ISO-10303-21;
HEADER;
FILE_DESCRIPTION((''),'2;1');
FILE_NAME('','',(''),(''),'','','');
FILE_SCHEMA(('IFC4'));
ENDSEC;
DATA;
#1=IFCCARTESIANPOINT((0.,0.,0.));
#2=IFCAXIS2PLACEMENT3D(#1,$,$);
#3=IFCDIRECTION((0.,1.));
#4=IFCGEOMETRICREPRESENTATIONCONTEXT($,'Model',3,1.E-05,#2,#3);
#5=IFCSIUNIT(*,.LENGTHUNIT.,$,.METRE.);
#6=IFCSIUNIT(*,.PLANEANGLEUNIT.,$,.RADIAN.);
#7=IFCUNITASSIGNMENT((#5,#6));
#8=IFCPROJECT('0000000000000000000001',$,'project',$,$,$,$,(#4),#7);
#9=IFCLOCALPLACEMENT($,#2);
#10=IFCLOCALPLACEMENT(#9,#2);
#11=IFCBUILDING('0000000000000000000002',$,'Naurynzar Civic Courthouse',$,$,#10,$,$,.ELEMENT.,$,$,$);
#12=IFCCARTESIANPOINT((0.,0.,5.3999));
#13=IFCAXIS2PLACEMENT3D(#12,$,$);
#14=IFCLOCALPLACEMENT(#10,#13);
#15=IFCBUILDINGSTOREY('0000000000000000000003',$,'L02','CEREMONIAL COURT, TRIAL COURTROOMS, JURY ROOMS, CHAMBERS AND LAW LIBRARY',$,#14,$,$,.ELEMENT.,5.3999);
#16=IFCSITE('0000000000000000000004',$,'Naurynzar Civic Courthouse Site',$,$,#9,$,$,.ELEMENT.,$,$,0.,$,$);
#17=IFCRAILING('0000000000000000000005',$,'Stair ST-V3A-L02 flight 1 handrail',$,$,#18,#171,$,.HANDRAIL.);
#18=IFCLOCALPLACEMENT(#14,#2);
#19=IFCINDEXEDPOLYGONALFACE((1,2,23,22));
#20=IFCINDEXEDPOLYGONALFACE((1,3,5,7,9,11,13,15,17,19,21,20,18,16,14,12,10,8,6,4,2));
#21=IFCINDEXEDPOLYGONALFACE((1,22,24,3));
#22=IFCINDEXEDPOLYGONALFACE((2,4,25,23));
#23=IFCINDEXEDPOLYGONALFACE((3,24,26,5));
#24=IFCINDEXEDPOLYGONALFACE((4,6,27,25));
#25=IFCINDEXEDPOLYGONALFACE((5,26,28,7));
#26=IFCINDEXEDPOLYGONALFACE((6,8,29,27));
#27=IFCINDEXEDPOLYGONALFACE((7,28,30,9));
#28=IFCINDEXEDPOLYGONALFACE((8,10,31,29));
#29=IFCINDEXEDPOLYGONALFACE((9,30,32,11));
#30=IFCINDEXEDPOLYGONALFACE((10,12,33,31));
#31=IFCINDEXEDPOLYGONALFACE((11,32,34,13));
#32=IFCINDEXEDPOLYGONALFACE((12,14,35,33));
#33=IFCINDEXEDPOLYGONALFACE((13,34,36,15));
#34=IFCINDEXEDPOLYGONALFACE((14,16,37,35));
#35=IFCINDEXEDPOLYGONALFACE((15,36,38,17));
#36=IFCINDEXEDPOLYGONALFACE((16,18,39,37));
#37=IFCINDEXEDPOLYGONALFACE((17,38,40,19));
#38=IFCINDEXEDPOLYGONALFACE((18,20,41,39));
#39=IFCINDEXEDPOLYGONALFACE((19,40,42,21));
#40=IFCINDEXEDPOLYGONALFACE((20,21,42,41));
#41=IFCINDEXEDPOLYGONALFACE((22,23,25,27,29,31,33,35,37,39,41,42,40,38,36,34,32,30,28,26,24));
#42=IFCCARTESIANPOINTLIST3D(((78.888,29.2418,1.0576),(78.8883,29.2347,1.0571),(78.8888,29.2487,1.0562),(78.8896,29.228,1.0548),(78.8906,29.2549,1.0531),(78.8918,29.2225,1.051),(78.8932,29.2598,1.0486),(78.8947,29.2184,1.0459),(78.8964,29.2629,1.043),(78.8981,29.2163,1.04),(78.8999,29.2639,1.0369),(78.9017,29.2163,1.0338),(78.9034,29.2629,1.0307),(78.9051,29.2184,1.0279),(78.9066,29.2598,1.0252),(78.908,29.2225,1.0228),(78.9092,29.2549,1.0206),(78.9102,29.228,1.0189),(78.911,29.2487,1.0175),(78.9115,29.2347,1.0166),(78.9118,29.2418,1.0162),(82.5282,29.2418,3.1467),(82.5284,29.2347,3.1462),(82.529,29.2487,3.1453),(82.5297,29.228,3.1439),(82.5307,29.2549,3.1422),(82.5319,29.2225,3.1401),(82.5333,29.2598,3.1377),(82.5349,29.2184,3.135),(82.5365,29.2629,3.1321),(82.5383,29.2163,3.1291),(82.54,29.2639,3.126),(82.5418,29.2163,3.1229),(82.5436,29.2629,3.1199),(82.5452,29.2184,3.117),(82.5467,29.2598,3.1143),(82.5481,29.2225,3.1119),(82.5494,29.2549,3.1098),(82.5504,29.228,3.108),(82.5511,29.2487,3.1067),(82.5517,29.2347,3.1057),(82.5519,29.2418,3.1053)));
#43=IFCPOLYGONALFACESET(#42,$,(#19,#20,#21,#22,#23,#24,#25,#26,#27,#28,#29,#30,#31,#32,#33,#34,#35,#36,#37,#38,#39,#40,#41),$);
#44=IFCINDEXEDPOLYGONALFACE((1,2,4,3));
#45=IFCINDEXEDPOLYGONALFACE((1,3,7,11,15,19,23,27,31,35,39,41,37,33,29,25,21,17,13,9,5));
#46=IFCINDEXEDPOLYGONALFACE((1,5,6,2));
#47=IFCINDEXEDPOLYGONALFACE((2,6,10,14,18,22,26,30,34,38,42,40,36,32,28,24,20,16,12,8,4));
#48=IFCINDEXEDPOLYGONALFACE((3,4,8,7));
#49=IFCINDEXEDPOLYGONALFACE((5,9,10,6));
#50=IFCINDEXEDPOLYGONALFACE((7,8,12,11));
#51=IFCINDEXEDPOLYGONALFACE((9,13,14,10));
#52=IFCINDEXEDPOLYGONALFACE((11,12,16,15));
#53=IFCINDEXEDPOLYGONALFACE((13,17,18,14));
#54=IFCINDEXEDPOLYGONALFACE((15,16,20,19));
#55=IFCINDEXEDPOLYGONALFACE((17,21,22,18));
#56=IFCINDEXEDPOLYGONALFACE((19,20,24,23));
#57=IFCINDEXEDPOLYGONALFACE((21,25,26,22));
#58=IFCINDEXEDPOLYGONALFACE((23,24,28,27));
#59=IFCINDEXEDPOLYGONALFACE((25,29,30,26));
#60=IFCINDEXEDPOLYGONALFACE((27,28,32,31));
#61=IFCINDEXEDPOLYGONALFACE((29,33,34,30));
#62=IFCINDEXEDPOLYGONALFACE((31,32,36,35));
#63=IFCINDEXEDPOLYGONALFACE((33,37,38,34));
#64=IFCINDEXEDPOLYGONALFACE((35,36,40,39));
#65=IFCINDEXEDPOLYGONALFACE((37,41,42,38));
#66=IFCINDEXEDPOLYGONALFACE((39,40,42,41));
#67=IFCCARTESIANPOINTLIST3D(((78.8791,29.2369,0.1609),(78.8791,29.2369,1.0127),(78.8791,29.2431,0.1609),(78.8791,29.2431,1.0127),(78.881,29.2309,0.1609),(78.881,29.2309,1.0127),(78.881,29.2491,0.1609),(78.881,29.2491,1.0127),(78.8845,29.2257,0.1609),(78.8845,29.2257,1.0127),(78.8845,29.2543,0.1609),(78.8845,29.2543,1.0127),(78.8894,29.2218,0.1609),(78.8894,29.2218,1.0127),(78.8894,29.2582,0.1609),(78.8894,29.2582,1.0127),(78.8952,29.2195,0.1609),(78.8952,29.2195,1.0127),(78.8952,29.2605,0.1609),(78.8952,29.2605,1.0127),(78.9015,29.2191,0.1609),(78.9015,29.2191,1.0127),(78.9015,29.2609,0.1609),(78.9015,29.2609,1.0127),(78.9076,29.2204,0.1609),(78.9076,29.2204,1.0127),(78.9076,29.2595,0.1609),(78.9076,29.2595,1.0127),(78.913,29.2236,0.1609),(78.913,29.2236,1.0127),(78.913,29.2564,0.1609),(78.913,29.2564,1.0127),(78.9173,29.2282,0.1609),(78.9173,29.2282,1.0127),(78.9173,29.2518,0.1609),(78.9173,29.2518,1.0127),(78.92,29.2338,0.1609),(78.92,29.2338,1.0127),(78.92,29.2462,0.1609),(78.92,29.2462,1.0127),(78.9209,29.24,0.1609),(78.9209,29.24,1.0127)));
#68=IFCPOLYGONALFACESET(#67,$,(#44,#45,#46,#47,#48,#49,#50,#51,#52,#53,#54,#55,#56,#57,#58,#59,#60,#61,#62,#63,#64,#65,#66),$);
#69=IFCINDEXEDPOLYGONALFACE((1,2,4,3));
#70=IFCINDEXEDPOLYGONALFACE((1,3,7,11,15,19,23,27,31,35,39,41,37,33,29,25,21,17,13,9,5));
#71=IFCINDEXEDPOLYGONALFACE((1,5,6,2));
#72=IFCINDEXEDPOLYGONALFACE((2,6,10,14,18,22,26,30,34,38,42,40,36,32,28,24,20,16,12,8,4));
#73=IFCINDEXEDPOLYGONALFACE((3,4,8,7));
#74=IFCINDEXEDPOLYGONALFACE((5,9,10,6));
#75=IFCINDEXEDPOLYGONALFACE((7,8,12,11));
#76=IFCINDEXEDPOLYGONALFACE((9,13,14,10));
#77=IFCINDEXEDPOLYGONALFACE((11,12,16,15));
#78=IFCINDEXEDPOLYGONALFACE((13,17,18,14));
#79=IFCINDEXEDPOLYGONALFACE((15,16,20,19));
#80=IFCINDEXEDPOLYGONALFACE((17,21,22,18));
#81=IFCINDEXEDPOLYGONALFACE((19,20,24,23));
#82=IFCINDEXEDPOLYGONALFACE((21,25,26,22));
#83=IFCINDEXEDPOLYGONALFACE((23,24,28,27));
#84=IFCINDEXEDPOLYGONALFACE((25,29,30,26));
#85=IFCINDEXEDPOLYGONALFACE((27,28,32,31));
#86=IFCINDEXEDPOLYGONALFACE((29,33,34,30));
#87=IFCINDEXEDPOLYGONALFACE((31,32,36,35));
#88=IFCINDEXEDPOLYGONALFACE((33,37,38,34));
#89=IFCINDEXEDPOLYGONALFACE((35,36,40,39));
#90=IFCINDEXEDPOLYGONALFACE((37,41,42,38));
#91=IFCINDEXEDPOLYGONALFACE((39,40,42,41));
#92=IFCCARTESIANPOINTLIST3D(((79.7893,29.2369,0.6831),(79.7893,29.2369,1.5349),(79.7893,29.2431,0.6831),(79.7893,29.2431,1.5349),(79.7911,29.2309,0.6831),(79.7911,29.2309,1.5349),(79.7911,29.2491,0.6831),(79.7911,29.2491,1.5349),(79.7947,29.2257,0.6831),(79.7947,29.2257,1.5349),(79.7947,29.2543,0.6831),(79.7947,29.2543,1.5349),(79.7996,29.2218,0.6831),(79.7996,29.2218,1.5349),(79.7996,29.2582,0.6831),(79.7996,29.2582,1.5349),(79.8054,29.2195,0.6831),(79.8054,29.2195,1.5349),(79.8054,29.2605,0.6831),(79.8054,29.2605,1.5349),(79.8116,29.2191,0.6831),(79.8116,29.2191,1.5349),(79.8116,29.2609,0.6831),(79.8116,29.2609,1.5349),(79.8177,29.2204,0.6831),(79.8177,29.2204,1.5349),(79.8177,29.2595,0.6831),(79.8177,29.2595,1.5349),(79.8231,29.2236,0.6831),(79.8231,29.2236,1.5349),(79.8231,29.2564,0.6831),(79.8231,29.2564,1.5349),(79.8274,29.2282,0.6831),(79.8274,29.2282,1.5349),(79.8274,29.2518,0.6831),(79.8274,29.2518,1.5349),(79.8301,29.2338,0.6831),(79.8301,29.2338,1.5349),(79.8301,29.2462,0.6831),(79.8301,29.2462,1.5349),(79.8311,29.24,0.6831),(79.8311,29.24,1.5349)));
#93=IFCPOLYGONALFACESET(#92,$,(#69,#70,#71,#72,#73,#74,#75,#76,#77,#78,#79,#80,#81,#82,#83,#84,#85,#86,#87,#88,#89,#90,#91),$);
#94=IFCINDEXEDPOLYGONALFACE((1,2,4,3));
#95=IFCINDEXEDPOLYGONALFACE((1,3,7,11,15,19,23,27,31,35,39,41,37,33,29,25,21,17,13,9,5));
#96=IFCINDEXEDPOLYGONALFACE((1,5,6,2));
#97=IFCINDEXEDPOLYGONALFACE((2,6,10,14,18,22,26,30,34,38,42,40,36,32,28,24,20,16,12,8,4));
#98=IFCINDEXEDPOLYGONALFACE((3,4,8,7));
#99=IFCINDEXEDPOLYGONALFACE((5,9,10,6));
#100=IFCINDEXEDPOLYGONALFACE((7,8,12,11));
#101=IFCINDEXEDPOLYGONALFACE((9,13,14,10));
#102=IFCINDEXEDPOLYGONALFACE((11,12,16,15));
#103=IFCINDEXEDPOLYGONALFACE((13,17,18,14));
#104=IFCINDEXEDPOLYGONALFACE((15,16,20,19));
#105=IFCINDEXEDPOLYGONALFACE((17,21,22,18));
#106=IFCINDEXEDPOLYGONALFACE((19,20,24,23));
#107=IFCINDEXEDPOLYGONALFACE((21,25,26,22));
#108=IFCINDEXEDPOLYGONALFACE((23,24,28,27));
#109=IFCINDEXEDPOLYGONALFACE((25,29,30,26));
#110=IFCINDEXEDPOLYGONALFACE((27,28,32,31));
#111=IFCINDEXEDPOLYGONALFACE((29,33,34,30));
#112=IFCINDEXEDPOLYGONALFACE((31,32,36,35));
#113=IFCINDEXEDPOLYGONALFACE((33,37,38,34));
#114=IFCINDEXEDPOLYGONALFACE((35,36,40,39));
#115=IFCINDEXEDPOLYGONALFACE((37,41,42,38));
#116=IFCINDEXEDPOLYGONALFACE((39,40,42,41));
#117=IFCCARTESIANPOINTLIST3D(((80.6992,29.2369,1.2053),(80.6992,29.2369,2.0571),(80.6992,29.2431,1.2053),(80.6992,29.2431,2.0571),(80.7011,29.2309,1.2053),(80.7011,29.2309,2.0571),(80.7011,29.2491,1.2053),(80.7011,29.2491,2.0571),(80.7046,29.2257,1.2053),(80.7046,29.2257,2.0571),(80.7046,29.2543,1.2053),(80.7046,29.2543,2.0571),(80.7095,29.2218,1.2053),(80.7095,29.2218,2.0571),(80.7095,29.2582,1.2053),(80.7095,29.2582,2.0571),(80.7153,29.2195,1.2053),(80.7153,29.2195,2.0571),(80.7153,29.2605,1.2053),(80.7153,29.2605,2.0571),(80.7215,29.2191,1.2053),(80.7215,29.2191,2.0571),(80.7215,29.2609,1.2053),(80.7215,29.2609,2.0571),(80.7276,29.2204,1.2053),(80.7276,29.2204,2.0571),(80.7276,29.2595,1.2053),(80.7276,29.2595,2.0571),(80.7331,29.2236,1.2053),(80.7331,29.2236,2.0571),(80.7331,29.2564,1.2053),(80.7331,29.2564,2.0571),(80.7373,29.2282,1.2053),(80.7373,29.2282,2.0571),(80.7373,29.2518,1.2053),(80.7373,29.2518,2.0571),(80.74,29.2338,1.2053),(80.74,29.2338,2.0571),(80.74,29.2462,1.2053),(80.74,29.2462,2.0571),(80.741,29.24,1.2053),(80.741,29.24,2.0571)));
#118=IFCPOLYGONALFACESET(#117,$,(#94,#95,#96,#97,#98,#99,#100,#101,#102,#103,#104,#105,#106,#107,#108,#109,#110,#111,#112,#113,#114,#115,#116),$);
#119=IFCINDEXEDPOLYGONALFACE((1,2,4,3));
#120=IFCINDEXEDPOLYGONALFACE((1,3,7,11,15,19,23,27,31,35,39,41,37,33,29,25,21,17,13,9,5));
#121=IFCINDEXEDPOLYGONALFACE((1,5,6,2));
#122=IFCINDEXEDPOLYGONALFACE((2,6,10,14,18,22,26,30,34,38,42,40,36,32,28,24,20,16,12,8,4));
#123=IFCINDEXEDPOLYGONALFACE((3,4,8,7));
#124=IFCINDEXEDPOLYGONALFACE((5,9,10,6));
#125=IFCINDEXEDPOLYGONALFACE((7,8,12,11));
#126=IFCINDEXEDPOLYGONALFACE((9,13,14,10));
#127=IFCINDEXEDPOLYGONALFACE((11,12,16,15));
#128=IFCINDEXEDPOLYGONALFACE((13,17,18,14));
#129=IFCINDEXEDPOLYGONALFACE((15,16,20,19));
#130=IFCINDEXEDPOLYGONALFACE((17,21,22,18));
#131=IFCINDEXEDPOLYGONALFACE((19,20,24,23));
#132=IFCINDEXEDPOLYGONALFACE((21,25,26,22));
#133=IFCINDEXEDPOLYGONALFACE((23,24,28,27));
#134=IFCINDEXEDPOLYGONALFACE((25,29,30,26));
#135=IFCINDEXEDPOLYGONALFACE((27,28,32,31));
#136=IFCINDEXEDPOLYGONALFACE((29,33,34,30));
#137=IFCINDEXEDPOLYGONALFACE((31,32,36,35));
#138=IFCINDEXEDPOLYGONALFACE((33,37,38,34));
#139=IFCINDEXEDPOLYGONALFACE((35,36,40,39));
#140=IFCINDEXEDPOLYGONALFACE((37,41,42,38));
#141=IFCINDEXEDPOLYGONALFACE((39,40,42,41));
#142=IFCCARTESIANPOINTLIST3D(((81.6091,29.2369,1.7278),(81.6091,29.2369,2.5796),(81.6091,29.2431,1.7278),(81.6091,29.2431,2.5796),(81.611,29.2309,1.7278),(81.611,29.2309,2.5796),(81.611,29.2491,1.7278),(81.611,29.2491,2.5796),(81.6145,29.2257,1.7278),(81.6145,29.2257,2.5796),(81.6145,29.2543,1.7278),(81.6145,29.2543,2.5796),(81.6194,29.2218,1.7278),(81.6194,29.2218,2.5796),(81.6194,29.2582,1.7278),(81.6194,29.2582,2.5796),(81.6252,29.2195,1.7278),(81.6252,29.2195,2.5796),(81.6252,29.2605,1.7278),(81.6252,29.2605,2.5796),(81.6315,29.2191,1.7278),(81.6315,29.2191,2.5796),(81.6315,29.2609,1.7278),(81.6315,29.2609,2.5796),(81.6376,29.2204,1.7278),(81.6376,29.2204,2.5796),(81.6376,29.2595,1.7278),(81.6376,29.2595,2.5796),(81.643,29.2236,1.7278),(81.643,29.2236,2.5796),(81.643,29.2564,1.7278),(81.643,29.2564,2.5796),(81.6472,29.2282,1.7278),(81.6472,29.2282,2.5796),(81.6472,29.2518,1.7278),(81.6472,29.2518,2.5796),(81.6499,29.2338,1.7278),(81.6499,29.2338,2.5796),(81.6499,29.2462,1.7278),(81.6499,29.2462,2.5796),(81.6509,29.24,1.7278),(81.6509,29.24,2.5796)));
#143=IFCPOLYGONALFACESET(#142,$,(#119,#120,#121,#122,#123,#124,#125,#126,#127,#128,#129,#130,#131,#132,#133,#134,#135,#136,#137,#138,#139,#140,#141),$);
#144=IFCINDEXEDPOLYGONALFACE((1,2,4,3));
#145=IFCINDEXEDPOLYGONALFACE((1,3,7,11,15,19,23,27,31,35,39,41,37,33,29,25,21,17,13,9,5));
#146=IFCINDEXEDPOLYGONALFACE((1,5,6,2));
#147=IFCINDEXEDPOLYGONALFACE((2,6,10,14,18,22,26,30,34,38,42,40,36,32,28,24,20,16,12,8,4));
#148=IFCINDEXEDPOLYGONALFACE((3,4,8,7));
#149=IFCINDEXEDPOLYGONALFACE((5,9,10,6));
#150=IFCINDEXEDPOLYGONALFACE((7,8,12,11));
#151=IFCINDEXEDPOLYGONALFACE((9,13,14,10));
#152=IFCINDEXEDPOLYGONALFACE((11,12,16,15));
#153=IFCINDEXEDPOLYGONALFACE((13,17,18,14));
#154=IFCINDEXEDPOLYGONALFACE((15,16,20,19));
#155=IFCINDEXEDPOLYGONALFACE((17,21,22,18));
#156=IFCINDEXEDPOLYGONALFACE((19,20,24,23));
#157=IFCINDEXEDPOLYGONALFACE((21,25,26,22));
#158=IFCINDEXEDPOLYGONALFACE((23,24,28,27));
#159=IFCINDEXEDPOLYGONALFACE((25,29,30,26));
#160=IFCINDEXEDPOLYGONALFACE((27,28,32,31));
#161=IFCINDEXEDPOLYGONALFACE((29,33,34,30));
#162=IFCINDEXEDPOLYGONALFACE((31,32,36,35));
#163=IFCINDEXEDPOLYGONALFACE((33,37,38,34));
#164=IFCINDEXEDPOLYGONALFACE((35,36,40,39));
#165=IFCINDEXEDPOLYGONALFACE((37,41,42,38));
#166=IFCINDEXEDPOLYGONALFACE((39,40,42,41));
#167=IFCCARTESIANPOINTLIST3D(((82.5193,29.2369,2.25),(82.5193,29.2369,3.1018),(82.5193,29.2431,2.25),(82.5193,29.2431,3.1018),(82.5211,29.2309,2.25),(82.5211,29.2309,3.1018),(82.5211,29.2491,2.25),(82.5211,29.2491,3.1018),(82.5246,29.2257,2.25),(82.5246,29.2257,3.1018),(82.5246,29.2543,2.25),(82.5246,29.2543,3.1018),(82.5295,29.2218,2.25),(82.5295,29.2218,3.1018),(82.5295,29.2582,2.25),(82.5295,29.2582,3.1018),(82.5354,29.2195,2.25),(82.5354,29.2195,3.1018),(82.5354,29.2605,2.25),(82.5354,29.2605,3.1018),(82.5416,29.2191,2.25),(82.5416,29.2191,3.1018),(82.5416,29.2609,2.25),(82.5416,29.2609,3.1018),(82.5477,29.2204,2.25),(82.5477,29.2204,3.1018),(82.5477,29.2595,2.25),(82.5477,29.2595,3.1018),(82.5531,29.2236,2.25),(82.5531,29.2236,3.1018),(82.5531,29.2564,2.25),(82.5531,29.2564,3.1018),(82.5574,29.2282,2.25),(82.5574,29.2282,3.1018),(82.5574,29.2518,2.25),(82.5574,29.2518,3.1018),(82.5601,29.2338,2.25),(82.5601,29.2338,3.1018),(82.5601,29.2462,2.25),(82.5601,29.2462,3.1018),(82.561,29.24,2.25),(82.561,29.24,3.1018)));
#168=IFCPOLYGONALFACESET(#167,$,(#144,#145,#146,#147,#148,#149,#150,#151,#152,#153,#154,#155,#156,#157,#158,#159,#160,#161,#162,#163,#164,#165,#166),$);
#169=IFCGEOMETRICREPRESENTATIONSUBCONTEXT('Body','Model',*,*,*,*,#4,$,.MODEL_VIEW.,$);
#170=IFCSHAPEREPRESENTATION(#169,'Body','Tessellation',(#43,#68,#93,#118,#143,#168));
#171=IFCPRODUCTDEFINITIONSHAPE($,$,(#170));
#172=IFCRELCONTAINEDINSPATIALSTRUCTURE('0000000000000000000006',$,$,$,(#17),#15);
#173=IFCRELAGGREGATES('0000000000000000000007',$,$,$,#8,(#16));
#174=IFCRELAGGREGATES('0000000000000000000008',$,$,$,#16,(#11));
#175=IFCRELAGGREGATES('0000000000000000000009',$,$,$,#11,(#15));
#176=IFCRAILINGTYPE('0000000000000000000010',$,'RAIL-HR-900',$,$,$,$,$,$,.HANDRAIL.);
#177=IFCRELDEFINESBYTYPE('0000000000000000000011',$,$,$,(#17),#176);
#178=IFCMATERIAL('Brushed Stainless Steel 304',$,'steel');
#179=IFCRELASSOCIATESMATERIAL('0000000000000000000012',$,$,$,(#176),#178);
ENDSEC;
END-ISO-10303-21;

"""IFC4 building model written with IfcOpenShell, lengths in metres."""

from ifc_helpers import new_model, si_unit, direction, frame, origin, origin_2d, place, context, subcontext, project, spatial, circle, extrude, material, type_object, element, save


model = new_model("IFC4")

# Units and contexts
model_context = context("Model", 3, precision=1e-05, world=origin(), true_north=direction((0.0, 1.0)))
body_context = subcontext(model_context, "Body", "Model", "MODEL_VIEW")
ifc_project = project(units=[si_unit("LENGTHUNIT", "METRE"), si_unit("PLANEANGLEUNIT", "RADIAN")], contexts=[model_context])

# Site, building, storey
site_placement = place(None, origin())
site = spatial("IfcSite", under=ifc_project, at=site_placement, Name="Naurynzar Civic Courthouse Site", CompositionType="ELEMENT", RefElevation=0.0)
building_placement = place(site_placement, origin())
building = spatial("IfcBuilding", under=site, at=building_placement, Name="Naurynzar Civic Courthouse", CompositionType="ELEMENT")
storey_placement = place(building_placement, frame((0.0, 0.0, 5.3999)))
storey = spatial("IfcBuildingStorey", under=building, at=storey_placement, Name="L02", Description="CEREMONIAL COURT, TRIAL COURTROOMS, JURY ROOMS, CHAMBERS AND LAW LIBRARY", CompositionType="ELEMENT", Elevation=5.3999)

# Railing
ifc_material_1 = material(Name="Brushed Stainless Steel 304", Category="steel")
railing_type_1 = type_object("IfcRailingType", Name="RAIL-HR-900", PredefinedType="HANDRAIL", material=ifc_material_1)
railing_1_placement = place(storey_placement, frame((78.8999, 29.24, 0.1609)))
element("IfcRailing", 1, at=railing_1_placement, inside=storey, type_object=railing_type_1, Name="Stair ST-V3A-L02 flight 1 handrail", PredefinedType="HANDRAIL", context=body_context, shape_type="SweptSolid", body=[
    extrude(circle(Radius=0.0239, at=origin_2d()), frame((0.0, 0.0, 0.876), z_axis=(0.867314, 0.0, 0.497761), x_axis=(0.0, 1.0, 0.0)), (0.0, 0.0, 1.0), 4.197),
    extrude(circle(Radius=0.021, at=origin_2d()), origin(), (0.0, 0.0, 1.0), 0.8518),
    extrude(circle(Radius=0.021, at=origin_2d()), frame((0.9102, 0.0, 0.5222)), (0.0, 0.0, 1.0), 0.8518),
    extrude(circle(Radius=0.021, at=origin_2d()), frame((1.8201, 0.0, 1.0444)), (0.0, 0.0, 1.0), 0.8518),
    extrude(circle(Radius=0.021, at=origin_2d()), frame((2.73, 0.0, 1.5669)), (0.0, 0.0, 1.0), 0.8518),
    extrude(circle(Radius=0.021, at=origin_2d()), frame((3.6401, 0.0, 2.0891)), (0.0, 0.0, 1.0), 0.8518),
])

save(model, "model.ifc")
